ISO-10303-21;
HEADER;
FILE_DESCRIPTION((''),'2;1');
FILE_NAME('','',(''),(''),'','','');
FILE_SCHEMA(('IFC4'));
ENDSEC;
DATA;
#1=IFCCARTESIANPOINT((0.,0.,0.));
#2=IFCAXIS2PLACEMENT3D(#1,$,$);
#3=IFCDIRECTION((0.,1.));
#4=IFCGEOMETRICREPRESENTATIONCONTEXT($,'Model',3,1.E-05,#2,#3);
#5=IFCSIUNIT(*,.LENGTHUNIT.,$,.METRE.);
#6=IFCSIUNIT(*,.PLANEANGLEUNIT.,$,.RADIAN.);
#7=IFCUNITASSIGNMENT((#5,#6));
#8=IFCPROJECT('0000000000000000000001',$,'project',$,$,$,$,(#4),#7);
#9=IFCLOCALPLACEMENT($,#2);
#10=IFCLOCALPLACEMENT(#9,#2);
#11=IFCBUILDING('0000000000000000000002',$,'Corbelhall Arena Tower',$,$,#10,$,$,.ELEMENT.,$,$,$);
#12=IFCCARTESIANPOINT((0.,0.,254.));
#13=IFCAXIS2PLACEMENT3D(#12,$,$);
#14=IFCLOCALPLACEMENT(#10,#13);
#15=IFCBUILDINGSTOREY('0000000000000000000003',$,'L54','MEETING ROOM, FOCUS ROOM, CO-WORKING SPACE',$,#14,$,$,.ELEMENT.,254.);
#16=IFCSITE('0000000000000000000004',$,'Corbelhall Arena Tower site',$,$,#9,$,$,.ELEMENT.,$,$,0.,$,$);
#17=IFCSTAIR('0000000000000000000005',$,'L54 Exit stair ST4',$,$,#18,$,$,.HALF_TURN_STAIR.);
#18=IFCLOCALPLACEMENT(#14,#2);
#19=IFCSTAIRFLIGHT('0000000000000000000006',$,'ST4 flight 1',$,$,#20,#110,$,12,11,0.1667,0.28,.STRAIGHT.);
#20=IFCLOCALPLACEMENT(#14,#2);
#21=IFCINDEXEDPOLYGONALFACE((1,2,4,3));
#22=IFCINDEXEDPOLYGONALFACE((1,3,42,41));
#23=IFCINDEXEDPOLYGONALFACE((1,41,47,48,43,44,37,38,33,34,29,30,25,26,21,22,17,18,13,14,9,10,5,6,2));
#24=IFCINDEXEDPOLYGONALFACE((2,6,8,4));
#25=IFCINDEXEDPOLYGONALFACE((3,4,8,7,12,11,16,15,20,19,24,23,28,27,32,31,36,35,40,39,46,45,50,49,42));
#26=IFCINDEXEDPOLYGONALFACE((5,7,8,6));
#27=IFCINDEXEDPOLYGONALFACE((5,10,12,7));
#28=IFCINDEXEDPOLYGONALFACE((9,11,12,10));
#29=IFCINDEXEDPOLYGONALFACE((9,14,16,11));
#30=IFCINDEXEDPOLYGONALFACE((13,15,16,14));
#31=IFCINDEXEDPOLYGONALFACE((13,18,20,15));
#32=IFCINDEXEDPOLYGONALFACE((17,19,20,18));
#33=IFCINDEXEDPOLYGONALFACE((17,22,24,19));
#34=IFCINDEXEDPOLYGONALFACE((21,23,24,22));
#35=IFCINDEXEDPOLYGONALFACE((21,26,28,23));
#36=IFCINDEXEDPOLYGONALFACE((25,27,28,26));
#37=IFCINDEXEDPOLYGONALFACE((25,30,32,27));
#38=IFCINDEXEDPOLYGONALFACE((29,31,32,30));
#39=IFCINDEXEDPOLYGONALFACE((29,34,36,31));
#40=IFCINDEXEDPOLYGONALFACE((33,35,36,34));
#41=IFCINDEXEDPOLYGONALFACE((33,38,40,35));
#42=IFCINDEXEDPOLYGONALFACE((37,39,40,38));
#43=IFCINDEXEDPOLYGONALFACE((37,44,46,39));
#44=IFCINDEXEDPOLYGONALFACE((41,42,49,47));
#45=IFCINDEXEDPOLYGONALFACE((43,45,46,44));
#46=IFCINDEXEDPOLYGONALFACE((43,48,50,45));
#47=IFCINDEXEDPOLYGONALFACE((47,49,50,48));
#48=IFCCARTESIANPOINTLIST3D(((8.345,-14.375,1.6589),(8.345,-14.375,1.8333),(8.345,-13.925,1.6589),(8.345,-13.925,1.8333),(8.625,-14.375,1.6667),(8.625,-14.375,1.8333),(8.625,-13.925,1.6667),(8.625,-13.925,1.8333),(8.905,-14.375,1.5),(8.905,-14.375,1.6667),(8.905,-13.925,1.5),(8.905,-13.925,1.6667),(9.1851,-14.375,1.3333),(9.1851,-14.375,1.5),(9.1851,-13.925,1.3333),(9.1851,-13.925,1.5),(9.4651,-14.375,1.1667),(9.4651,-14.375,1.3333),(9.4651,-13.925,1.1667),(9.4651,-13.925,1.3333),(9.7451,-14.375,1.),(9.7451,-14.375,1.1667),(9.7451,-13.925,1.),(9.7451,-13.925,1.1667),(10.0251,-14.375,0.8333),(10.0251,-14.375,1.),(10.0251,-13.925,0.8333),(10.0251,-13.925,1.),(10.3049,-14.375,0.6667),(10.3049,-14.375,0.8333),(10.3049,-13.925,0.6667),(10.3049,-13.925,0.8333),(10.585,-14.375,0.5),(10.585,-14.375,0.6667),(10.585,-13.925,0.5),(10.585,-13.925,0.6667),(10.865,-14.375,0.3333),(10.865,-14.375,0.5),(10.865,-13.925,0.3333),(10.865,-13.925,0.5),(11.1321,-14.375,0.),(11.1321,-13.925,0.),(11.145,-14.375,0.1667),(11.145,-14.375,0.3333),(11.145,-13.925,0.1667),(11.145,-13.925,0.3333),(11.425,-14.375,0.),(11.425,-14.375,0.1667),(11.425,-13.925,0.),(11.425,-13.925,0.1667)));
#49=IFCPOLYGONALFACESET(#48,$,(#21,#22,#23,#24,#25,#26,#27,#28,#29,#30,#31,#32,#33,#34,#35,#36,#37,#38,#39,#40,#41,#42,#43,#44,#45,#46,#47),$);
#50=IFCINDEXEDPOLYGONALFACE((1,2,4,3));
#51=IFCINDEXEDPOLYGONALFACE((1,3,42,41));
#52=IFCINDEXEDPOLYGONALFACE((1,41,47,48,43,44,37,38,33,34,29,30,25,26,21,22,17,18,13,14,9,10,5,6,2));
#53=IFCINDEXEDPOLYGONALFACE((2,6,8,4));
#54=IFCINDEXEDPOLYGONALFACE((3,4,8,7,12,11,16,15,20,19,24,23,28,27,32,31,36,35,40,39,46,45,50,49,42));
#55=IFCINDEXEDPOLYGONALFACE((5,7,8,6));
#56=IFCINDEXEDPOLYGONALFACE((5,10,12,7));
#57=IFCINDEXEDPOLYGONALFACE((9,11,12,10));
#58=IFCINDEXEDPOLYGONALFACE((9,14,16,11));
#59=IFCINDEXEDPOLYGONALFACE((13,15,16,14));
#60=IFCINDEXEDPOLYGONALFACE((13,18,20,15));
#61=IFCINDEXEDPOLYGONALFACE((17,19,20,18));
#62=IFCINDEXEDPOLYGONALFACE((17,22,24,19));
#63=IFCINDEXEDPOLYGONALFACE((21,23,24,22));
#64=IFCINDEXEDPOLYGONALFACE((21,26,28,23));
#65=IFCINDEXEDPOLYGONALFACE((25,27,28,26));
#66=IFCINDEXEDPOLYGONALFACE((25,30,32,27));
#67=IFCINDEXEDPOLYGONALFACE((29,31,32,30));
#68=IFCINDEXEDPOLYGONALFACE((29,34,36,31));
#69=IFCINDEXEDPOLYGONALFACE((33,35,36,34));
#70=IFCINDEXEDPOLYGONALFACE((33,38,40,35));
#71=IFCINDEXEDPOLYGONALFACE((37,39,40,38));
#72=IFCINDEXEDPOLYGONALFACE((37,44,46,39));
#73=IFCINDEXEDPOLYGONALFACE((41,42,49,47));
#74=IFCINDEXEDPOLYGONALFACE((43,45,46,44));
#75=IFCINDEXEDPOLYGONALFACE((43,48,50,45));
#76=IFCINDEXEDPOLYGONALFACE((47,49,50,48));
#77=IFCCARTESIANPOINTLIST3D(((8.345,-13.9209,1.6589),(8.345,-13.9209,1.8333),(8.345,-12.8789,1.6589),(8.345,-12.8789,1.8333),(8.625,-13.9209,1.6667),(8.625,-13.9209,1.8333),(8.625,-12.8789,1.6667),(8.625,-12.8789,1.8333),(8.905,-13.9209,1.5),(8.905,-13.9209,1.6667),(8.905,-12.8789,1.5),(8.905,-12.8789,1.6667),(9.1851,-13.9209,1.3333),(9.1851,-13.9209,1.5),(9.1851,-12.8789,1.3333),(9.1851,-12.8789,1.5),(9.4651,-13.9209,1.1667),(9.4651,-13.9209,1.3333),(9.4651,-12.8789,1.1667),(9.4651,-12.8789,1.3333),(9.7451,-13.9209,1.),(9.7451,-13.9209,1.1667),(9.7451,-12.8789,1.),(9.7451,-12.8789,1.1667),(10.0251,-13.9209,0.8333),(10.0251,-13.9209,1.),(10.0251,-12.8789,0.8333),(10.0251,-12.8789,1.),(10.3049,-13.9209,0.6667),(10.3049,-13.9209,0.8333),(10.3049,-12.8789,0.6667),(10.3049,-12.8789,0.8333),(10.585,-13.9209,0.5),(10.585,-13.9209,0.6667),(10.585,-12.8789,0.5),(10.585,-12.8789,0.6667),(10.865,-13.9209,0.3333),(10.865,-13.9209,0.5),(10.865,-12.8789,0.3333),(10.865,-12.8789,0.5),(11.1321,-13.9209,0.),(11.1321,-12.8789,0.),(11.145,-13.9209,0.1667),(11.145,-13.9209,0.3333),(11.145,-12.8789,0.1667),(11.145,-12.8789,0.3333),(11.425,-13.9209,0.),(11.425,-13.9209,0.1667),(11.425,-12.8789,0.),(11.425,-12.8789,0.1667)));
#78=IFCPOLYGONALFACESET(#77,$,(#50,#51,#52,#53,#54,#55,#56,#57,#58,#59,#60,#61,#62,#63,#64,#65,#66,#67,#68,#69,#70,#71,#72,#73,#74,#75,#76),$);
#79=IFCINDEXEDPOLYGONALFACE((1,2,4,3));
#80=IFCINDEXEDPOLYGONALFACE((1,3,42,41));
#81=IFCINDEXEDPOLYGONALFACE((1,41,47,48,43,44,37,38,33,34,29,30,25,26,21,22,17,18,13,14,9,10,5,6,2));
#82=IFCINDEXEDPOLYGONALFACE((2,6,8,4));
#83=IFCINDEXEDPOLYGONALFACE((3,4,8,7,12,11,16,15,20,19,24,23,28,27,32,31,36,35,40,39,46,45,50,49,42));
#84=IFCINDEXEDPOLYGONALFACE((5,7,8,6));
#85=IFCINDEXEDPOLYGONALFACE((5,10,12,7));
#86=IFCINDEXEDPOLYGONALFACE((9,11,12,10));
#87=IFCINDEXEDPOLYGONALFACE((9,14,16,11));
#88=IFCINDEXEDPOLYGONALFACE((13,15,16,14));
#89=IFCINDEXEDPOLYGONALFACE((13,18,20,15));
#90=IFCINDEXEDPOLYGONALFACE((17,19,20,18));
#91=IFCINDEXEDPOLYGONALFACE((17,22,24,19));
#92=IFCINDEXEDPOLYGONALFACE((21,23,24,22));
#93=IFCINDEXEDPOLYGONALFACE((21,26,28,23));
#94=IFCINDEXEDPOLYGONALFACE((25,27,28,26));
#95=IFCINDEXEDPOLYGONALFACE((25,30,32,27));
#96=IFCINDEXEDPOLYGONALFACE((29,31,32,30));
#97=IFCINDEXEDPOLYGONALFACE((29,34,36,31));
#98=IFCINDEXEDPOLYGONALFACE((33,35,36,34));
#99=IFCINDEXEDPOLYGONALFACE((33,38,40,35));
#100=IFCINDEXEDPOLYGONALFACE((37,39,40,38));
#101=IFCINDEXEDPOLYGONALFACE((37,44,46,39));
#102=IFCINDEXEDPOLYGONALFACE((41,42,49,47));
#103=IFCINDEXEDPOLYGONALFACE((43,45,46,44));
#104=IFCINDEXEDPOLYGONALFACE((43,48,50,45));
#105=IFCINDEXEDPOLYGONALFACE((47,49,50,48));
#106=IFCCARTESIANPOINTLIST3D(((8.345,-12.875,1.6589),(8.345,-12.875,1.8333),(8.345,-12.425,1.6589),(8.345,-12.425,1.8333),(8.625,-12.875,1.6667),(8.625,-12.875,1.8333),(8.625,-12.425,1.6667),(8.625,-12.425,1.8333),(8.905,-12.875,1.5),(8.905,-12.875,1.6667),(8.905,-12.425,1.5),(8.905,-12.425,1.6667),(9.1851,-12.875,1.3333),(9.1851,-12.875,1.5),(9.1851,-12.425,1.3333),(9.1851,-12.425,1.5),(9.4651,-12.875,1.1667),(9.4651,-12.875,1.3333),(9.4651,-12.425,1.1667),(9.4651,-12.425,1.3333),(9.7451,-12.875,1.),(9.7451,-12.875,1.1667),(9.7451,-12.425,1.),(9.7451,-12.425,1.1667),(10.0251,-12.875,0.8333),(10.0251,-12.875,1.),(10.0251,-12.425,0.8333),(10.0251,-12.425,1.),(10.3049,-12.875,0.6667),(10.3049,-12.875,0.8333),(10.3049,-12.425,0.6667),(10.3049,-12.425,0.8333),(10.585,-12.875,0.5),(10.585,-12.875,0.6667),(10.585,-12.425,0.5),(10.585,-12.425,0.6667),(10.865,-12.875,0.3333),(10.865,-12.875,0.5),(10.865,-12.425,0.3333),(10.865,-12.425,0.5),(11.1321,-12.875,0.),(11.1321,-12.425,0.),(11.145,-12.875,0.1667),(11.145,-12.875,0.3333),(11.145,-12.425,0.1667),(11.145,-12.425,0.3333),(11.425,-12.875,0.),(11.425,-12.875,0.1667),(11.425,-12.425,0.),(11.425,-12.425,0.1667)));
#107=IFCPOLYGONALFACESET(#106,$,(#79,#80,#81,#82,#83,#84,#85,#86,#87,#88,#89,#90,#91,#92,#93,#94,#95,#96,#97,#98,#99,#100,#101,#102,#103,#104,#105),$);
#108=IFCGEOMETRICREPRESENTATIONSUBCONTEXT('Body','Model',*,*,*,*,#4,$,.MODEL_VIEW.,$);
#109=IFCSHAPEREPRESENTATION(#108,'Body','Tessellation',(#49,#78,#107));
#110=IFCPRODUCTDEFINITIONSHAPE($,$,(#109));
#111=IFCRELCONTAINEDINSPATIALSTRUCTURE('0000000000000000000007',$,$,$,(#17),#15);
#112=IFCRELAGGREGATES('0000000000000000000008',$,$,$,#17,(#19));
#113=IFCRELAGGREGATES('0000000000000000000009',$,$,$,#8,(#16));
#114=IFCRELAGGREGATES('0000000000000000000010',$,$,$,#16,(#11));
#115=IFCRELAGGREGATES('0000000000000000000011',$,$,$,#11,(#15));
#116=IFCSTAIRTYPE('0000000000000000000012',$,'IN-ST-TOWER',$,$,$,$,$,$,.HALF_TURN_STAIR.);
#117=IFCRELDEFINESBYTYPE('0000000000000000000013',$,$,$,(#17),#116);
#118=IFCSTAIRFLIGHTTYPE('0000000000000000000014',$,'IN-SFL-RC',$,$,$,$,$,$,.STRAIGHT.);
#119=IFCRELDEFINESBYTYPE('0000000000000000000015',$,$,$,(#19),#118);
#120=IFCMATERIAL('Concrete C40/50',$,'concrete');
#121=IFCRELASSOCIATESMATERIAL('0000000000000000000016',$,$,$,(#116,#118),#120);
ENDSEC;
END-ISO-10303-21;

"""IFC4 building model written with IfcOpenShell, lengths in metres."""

from ifc_helpers import new_model, si_unit, direction, frame, origin, place, context, subcontext, project, spatial, polyline, outline, extrude, material, type_object, element, aggregate, save


model = new_model("IFC4")

# Units and contexts
model_context = context("Model", 3, precision=1e-05, world=origin(), true_north=direction((0.0, 1.0)))
body_context = subcontext(model_context, "Body", "Model", "MODEL_VIEW")
ifc_project = project(units=[si_unit("LENGTHUNIT", "METRE"), si_unit("PLANEANGLEUNIT", "RADIAN")], contexts=[model_context])

# Site, building, storey
site_placement = place(None, origin())
site = spatial("IfcSite", under=ifc_project, at=site_placement, Name="Corbelhall Arena Tower site", CompositionType="ELEMENT", RefElevation=0.0)
building_placement = place(site_placement, origin())
building = spatial("IfcBuilding", under=site, at=building_placement, Name="Corbelhall Arena Tower", CompositionType="ELEMENT")
storey_placement = place(building_placement, frame((0.0, 0.0, 254.0)))
storey = spatial("IfcBuildingStorey", under=building, at=storey_placement, Name="L54", Description="MEETING ROOM, FOCUS ROOM, CO-WORKING SPACE", CompositionType="ELEMENT", Elevation=254.0)

# Shared definitions
ifc_material_1 = material(Name="Concrete C40/50", Category="concrete")

# Stair, stair flight
stair_type = type_object("IfcStairType", Name="IN-ST-TOWER", PredefinedType="HALF_TURN_STAIR", material=ifc_material_1)
stair_placement = place(storey_placement, origin())
stair = element("IfcStair", 1, at=stair_placement, inside=storey, type_object=stair_type, Name="L54 Exit stair ST4", PredefinedType="HALF_TURN_STAIR")
stair_flight_type = type_object("IfcStairFlightType", Name="IN-SFL-RC", PredefinedType="STRAIGHT", material=ifc_material_1)
stair_flight_1_placement = place(storey_placement, frame((11.425, -13.3999, 0.0), z_axis=(0.0, 0.0, 1.0), x_axis=(-1.0, 0.0, 0.0)))
stair_flight_1 = element("IfcStairFlight", 2, at=stair_flight_1_placement, type_object=stair_flight_type, Name="ST4 flight 1", NumberOfRisers=12, NumberOfTreads=11, PredefinedType="STRAIGHT", RiserHeight=0.1667, TreadLength=0.28, context=body_context, shape_type="SweptSolid", body=[
    extrude(outline(polyline([(0.0, 0.0), (0.0, 0.1667), (0.28, 0.1667), (0.28, 0.3333), (0.5601, 0.3333), (0.5601, 0.5), (0.8401, 0.5), (0.8401, 0.6667), (1.1201, 0.6667), (1.1201, 0.8333), (1.3999, 0.8333), (1.3999, 1.0), (1.6799, 1.0), (1.6799, 1.1667), (1.96, 1.1667), (1.96, 1.3333), (2.24, 1.3333), (2.24, 1.5), (2.52, 1.5), (2.52, 1.6667), (2.8, 1.6667), (2.8, 1.8333), (3.0801, 1.8333), (3.0801, 2.0), (3.0801, 1.6589), (0.293, 0.0), (0.0, 0.0)])), frame((0.0, 0.9751, 0.0), z_axis=(0.0, -1.0, 0.0), x_axis=(1.0, 0.0, 0.0)), (0.0, 0.0, 1.0), 0.45),
    extrude(outline(polyline([(0.0, 0.0), (0.0, 0.1667), (0.28, 0.1667), (0.28, 0.3333), (0.5601, 0.3333), (0.5601, 0.5), (0.8401, 0.5), (0.8401, 0.6667), (1.1201, 0.6667), (1.1201, 0.8333), (1.3999, 0.8333), (1.3999, 1.0), (1.6799, 1.0), (1.6799, 1.1667), (1.96, 1.1667), (1.96, 1.3333), (2.24, 1.3333), (2.24, 1.5), (2.52, 1.5), (2.52, 1.6667), (2.8, 1.6667), (2.8, 1.8333), (3.0801, 1.8333), (3.0801, 2.0), (3.0801, 1.6589), (0.293, 0.0), (0.0, 0.0)])), frame((0.0, 0.521, 0.0), z_axis=(0.0, -1.0, 0.0), x_axis=(1.0, 0.0, 0.0)), (0.0, 0.0, 1.0), 1.042),
    extrude(outline(polyline([(0.0, 0.0), (0.0, 0.1667), (0.28, 0.1667), (0.28, 0.3333), (0.5601, 0.3333), (0.5601, 0.5), (0.8401, 0.5), (0.8401, 0.6667), (1.1201, 0.6667), (1.1201, 0.8333), (1.3999, 0.8333), (1.3999, 1.0), (1.6799, 1.0), (1.6799, 1.1667), (1.96, 1.1667), (1.96, 1.3333), (2.24, 1.3333), (2.24, 1.5), (2.52, 1.5), (2.52, 1.6667), (2.8, 1.6667), (2.8, 1.8333), (3.0801, 1.8333), (3.0801, 2.0), (3.0801, 1.6589), (0.293, 0.0), (0.0, 0.0)])), frame((0.0, -0.5249, 0.0), z_axis=(0.0, -1.0, 0.0), x_axis=(1.0, 0.0, 0.0)), (0.0, 0.0, 1.0), 0.45),
])
aggregate(stair, [stair_flight_1])

save(model, "model.ifc")
